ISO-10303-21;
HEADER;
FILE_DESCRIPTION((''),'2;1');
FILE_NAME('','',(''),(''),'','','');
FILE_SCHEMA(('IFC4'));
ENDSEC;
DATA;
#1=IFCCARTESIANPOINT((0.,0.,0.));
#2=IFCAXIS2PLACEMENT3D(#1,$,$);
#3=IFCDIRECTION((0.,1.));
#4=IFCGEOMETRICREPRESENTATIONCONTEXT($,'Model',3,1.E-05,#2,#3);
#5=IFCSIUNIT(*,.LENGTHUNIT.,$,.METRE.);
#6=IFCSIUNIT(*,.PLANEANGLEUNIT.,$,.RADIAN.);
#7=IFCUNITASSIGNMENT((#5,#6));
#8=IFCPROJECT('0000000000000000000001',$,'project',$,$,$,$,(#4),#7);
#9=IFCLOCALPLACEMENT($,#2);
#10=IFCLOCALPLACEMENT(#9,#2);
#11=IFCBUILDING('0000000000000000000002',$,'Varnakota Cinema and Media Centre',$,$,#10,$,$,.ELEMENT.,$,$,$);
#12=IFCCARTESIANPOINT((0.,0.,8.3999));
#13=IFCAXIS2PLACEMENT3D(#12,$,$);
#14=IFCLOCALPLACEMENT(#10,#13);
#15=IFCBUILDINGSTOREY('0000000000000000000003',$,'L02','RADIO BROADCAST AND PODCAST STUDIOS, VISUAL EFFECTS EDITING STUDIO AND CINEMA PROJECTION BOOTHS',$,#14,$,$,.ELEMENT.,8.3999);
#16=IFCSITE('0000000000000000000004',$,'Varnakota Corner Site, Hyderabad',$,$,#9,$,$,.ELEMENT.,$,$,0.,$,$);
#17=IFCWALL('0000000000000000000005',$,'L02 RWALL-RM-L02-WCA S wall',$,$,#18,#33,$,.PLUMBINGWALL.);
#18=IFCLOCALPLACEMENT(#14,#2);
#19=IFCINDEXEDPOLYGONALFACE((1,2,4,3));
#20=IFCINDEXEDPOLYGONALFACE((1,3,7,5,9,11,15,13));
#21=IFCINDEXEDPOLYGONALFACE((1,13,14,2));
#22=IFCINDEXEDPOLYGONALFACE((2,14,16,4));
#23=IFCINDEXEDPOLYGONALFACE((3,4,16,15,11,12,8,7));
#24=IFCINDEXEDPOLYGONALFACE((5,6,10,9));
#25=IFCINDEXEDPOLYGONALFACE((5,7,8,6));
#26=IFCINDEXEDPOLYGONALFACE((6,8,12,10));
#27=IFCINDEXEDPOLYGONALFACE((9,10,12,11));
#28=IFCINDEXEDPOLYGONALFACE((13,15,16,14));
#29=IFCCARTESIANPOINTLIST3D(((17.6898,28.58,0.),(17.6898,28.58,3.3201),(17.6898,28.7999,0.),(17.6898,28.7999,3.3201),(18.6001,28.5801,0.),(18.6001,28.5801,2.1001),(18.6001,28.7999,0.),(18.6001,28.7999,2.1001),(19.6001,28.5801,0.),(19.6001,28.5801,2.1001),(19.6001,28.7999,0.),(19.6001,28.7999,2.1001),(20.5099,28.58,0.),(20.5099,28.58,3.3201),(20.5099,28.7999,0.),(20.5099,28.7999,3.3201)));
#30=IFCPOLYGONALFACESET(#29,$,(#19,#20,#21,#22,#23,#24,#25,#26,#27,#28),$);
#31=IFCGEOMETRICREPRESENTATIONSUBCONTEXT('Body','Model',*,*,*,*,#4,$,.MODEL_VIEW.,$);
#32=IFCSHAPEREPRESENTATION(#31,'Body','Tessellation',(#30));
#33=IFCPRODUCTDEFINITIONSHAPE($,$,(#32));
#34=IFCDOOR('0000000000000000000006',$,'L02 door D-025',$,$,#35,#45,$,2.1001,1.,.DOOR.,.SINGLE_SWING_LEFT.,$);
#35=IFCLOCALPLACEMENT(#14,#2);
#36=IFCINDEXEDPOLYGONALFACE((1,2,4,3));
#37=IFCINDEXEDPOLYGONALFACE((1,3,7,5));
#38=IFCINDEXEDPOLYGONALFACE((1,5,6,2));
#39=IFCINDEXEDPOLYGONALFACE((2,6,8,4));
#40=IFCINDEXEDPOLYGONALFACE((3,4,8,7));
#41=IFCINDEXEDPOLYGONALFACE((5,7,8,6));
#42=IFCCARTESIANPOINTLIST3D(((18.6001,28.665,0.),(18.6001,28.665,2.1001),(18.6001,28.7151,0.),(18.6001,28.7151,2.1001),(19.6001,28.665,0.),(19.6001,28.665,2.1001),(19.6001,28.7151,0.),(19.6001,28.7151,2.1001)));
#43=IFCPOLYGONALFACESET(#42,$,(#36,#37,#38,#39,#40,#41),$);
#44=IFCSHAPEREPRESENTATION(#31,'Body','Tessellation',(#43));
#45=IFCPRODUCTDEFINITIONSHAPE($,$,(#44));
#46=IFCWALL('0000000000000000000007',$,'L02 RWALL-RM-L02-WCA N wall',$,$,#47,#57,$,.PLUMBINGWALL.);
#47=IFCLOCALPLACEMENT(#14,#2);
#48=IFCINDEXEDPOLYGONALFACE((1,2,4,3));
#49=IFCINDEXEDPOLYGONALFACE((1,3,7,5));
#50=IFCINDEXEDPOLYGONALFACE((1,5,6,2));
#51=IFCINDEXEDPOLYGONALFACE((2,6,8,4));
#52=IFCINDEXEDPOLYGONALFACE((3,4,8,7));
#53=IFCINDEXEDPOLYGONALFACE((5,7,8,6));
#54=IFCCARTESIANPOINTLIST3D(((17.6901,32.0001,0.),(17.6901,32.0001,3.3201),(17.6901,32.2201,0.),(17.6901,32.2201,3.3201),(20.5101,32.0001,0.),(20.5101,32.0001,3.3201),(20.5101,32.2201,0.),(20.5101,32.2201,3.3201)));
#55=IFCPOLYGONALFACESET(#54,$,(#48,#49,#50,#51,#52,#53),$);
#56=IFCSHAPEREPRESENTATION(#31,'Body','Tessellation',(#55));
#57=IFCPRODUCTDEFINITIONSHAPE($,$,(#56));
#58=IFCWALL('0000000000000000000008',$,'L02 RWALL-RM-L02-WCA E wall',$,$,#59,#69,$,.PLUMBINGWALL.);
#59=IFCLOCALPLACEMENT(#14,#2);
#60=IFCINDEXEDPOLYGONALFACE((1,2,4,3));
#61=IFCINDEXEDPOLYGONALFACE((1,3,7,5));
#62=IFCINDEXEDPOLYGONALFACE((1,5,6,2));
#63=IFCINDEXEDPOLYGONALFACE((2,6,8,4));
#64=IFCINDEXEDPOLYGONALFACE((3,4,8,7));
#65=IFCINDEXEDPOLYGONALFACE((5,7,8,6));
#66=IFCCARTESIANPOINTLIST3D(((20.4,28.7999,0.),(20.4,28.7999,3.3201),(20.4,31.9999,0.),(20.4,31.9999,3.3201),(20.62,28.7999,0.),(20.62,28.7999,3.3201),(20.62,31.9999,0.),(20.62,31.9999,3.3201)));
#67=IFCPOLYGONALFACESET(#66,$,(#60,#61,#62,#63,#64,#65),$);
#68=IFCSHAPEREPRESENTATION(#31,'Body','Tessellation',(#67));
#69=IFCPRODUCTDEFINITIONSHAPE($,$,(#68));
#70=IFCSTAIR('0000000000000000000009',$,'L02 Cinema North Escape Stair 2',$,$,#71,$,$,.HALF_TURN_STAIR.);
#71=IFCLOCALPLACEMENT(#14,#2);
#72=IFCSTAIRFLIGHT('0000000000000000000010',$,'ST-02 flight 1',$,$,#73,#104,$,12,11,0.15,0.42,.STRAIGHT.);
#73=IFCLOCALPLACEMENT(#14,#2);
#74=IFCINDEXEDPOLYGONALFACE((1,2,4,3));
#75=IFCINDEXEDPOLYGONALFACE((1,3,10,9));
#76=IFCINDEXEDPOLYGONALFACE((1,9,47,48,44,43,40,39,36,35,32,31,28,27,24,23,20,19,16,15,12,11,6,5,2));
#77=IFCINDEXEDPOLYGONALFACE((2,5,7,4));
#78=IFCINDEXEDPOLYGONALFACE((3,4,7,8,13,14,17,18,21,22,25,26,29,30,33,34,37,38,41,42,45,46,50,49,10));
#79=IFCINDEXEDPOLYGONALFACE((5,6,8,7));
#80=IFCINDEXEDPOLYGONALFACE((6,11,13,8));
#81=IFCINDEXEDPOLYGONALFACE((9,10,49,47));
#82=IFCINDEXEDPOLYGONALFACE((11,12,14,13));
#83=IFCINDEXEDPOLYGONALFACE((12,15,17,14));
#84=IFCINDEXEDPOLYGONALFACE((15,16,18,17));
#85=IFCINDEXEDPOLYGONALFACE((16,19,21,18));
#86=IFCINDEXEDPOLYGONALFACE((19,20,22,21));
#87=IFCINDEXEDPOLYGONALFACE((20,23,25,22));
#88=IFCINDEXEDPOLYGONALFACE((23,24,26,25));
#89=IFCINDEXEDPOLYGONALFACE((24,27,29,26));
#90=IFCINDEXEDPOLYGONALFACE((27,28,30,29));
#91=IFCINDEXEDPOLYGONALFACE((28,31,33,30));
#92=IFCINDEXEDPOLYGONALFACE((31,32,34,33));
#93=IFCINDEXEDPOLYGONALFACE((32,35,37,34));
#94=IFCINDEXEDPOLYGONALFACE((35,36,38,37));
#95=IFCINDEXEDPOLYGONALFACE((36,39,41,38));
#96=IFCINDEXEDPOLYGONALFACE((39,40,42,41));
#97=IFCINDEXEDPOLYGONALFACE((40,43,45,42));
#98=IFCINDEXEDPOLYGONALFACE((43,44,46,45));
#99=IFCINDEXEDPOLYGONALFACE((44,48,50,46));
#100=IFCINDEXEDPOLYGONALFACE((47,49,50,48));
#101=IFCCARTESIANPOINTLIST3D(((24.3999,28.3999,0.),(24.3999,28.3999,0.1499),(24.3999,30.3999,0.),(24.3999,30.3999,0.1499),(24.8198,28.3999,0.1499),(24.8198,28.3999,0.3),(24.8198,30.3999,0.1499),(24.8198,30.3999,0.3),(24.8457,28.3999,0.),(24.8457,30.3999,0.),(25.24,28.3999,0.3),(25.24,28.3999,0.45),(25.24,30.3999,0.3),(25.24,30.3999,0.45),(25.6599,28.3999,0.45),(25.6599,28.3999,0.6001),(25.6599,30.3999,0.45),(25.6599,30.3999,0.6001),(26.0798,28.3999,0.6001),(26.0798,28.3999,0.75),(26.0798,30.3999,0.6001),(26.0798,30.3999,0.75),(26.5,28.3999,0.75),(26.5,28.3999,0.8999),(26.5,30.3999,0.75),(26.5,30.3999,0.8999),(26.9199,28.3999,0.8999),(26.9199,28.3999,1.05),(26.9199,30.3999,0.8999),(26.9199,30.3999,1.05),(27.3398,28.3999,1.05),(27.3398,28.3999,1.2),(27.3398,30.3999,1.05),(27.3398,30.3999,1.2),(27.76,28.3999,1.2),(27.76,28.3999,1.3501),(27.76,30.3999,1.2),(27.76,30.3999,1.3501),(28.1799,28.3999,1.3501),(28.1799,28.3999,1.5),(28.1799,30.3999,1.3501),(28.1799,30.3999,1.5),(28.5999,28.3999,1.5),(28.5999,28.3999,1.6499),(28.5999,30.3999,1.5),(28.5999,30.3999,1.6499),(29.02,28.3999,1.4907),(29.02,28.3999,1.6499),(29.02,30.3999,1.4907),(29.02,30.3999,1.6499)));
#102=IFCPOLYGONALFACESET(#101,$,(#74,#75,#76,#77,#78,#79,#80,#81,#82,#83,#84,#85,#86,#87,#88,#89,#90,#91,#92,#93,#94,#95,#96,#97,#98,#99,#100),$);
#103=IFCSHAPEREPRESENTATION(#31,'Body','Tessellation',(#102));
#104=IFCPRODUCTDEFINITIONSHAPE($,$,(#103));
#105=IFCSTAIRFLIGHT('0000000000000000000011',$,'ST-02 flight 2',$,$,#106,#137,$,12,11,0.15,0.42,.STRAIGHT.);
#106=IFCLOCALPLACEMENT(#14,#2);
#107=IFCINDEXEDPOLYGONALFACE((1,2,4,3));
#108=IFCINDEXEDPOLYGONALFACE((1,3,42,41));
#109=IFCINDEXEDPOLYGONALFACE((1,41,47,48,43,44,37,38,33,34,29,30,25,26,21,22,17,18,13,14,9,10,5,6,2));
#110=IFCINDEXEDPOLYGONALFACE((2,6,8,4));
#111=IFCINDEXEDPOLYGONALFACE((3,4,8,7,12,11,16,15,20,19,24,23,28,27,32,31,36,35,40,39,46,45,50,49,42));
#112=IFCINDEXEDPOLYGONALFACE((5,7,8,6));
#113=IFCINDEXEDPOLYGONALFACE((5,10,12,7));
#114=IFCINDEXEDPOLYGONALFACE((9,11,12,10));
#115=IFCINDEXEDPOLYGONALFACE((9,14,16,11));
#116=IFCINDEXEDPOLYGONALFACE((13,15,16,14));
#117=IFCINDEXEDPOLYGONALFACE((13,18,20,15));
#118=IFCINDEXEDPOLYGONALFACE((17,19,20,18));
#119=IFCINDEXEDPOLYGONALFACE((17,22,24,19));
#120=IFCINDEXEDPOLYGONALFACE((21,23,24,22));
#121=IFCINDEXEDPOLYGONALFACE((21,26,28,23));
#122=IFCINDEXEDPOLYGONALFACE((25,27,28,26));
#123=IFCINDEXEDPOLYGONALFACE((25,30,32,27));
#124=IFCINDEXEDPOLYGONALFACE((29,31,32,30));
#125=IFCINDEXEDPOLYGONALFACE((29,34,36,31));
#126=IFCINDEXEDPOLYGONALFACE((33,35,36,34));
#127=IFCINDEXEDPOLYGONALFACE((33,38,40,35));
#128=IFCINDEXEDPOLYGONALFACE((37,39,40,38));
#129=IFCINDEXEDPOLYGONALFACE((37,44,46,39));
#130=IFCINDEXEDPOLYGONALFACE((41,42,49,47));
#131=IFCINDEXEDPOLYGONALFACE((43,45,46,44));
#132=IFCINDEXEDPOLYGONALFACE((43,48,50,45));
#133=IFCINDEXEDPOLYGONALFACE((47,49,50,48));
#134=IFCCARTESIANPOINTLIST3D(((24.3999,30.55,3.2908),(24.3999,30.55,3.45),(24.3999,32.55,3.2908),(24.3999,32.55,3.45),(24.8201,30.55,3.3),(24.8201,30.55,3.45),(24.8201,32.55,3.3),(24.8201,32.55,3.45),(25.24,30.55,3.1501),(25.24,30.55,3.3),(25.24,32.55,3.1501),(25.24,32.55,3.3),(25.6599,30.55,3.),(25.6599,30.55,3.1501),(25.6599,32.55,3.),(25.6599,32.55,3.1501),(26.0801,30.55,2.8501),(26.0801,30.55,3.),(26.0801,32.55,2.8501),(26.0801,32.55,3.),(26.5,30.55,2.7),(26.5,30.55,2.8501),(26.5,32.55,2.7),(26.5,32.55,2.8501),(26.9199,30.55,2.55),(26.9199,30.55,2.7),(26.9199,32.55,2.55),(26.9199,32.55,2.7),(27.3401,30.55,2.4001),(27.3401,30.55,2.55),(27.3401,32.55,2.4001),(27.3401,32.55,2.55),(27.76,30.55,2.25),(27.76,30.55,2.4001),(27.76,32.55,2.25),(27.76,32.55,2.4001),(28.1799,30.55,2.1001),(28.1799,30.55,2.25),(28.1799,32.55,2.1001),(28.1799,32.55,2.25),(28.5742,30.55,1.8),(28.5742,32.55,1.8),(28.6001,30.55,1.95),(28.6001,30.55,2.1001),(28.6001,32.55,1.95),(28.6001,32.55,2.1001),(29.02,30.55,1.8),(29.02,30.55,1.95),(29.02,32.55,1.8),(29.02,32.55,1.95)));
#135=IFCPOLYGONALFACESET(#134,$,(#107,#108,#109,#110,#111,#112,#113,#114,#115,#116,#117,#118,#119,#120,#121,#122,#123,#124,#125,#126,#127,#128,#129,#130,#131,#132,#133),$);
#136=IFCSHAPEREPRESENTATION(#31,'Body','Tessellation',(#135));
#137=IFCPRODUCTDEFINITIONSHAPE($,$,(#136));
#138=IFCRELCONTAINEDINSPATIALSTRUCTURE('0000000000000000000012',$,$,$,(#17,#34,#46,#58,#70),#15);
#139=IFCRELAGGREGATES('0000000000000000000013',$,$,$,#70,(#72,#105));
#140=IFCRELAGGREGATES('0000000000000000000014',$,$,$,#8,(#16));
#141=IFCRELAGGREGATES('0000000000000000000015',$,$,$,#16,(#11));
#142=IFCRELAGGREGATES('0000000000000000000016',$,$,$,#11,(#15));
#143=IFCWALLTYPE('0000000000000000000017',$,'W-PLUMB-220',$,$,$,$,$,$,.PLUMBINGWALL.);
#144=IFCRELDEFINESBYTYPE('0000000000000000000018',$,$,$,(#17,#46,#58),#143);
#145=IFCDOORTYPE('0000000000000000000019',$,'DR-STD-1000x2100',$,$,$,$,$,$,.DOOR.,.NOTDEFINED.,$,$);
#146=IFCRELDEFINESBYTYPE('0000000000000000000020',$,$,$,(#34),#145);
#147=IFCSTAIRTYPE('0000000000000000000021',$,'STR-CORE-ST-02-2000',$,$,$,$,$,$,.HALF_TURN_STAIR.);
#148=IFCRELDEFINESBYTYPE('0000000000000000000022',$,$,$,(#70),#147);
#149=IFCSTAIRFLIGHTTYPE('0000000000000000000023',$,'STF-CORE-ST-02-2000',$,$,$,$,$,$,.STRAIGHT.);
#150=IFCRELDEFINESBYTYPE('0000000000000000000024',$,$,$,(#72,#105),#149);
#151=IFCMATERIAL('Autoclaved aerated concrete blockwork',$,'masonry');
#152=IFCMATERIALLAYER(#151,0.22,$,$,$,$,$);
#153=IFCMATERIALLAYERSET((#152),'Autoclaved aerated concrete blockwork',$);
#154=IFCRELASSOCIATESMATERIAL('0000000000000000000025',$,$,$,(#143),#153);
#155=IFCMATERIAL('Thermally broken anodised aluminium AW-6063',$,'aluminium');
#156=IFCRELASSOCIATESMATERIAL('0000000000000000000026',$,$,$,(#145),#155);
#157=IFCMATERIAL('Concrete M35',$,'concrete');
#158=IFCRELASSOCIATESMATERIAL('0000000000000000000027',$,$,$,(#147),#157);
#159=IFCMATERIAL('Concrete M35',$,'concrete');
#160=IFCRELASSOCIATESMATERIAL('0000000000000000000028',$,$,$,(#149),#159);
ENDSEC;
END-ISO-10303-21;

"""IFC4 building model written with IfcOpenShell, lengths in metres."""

from ifc_helpers import new_model, si_unit, direction, frame, frame_2d, origin, place, context, subcontext, project, spatial, polyline, rectangle, outline, extrude, material, layer, layer_set, type_object, element, fill, aggregate, save


model = new_model("IFC4")

# Units and contexts
model_context = context("Model", 3, precision=1e-05, world=origin(), true_north=direction((0.0, 1.0)))
body_context = subcontext(model_context, "Body", "Model", "MODEL_VIEW")
ifc_project = project(units=[si_unit("LENGTHUNIT", "METRE"), si_unit("PLANEANGLEUNIT", "RADIAN")], contexts=[model_context])

# Site, building, storey
site_placement = place(None, origin())
site = spatial("IfcSite", under=ifc_project, at=site_placement, Name="Varnakota Corner Site, Hyderabad", CompositionType="ELEMENT", RefElevation=0.0)
building_placement = place(site_placement, origin())
building = spatial("IfcBuilding", under=site, at=building_placement, Name="Varnakota Cinema and Media Centre", CompositionType="ELEMENT")
storey_placement = place(building_placement, frame((0.0, 0.0, 8.3999)))
storey = spatial("IfcBuildingStorey", under=building, at=storey_placement, Name="L02", Description="RADIO BROADCAST AND PODCAST STUDIOS, VISUAL EFFECTS EDITING STUDIO AND CINEMA PROJECTION BOOTHS", CompositionType="ELEMENT", Elevation=8.3999)

# Shared definitions
ifc_material_1 = material(Name="Autoclaved aerated concrete blockwork", Category="masonry")
ifc_layer_1 = layer(ifc_material_1, 0.22)
ifc_layer_set_1 = layer_set([ifc_layer_1], Name="Autoclaved aerated concrete blockwork")
wall_type_1 = type_object("IfcWallType", Name="W-PLUMB-220", PredefinedType="PLUMBINGWALL", material=ifc_layer_set_1)

# Wall, opening, door
wall_1_placement = place(storey_placement, frame((20.51, 28.6899, 0.0), z_axis=(0.0, 0.0, 1.0), x_axis=(-1.0, 0.0, 0.0)))
wall_1 = element("IfcWall", 1, at=wall_1_placement, inside=storey, type_object=wall_type_1, Name="L02 RWALL-RM-L02-WCA S wall", PredefinedType="PLUMBINGWALL", context=body_context, shape_type="SweptSolid", body=[
    extrude(rectangle(XDim=2.8201, YDim=0.22, at=frame_2d((1.4102, 0.0))), origin(), (0.0, 0.0, 1.0), 3.3201),
])
opening_1_placement = place(wall_1_placement, frame((0.9099, 0.0, 0.0)))
opening_1 = element("IfcOpeningElement", 2, at=opening_1_placement, cuts=wall_1, PredefinedType="OPENING", context=body_context, shape_type="SweptSolid", body=[
    extrude(rectangle(XDim=1.0, YDim=2.1001, at=frame_2d((0.5, 1.05))), frame((0.0, 0.1099, 0.0), z_axis=(0.0, -1.0, 0.0), x_axis=(1.0, 0.0, 0.0)), (0.0, 0.0, 1.0), 0.22),
])
ifc_material_2 = material(Name="Thermally broken anodised aluminium AW-6063", Category="aluminium")
door_type_1 = type_object("IfcDoorType", Name="DR-STD-1000x2100", OperationType="NOTDEFINED", PredefinedType="DOOR", material=ifc_material_2)
door_1_placement = place(opening_1_placement, origin())
door_1 = element("IfcDoor", 3, at=door_1_placement, inside=storey, type_object=door_type_1, Name="L02 door D-025", OperationType="SINGLE_SWING_LEFT", OverallHeight=2.1001, OverallWidth=1.0, PredefinedType="DOOR", context=body_context, shape_type="SweptSolid", body=[
    extrude(rectangle(XDim=1.0, YDim=2.1001, at=frame_2d((0.5, 1.05))), frame((0.0, 0.0249, 0.0), z_axis=(0.0, -1.0, 0.0), x_axis=(1.0, 0.0, 0.0)), (0.0, 0.0, 1.0), 0.05),
])
fill(opening_1, door_1)

# Walls
wall_2_placement = place(storey_placement, frame((17.6899, 32.1101, 0.0), z_axis=(0.0, 0.0, 1.0), x_axis=(1.0, 0.0, 0.0)))
element("IfcWall", 4, at=wall_2_placement, inside=storey, type_object=wall_type_1, Name="L02 RWALL-RM-L02-WCA N wall", PredefinedType="PLUMBINGWALL", context=body_context, shape_type="SweptSolid", body=[
    extrude(rectangle(XDim=2.8201, YDim=0.22, at=frame_2d((1.4102, 0.0))), origin(), (0.0, 0.0, 1.0), 3.3201),
])
wall_3_placement = place(storey_placement, frame((20.51, 32.0, 0.0), z_axis=(0.0, 0.0, 1.0), x_axis=(0.0, -1.0, 0.0)))
element("IfcWall", 5, at=wall_3_placement, inside=storey, type_object=wall_type_1, Name="L02 RWALL-RM-L02-WCA E wall", PredefinedType="PLUMBINGWALL", context=body_context, shape_type="SweptSolid", body=[
    extrude(rectangle(XDim=3.2, YDim=0.22, at=frame_2d((1.6001, 0.0))), origin(), (0.0, 0.0, 1.0), 3.3201),
])

# Stair, stair flights
ifc_material_3 = material(Name="Concrete M35", Category="concrete")
stair_type = type_object("IfcStairType", Name="STR-CORE-ST-02-2000", PredefinedType="HALF_TURN_STAIR", material=ifc_material_3)
stair_placement = place(storey_placement, origin())
stair = element("IfcStair", 6, at=stair_placement, inside=storey, type_object=stair_type, Name="L02 Cinema North Escape Stair 2", PredefinedType="HALF_TURN_STAIR")
ifc_material_4 = material(Name="Concrete M35", Category="concrete")
stair_flight_type = type_object("IfcStairFlightType", Name="STF-CORE-ST-02-2000", PredefinedType="STRAIGHT", material=ifc_material_4)
stair_flight_1_placement = place(storey_placement, frame((24.3999, 29.3999, 0.0), z_axis=(0.0, 0.0, 1.0), x_axis=(1.0, 0.0, 0.0)))
stair_flight_1 = element("IfcStairFlight", 7, at=stair_flight_1_placement, type_object=stair_flight_type, Name="ST-02 flight 1", NumberOfRisers=12, NumberOfTreads=11, PredefinedType="STRAIGHT", RiserHeight=0.15, TreadLength=0.42, context=body_context, shape_type="SweptSolid", body=[
    extrude(outline(polyline([(0.0, 0.0), (0.0, 0.1499), (0.4199, 0.1499), (0.4199, 0.3), (0.8401, 0.3), (0.8401, 0.45), (1.26, 0.45), (1.26, 0.6001), (1.6799, 0.6001), (1.6799, 0.75), (2.1001, 0.75), (2.1001, 0.8999), (2.52, 0.8999), (2.52, 1.05), (2.9399, 1.05), (2.9399, 1.2), (3.3601, 1.2), (3.3601, 1.3501), (3.78, 1.3501), (3.78, 1.5), (4.2, 1.5), (4.2, 1.6499), (4.6201, 1.6499), (4.6201, 1.8), (4.6201, 1.4907), (0.4458, 0.0), (0.0, 0.0)])), frame((0.0, 1.0, 0.0), z_axis=(0.0, -1.0, 0.0), x_axis=(1.0, 0.0, 0.0)), (0.0, 0.0, 1.0), 2.0),
])
stair_flight_2_placement = place(storey_placement, frame((29.02, 31.55, 1.8), z_axis=(0.0, 0.0, 1.0), x_axis=(-1.0, 0.0, 0.0)))
stair_flight_2 = element("IfcStairFlight", 8, at=stair_flight_2_placement, type_object=stair_flight_type, Name="ST-02 flight 2", NumberOfRisers=12, NumberOfTreads=11, PredefinedType="STRAIGHT", RiserHeight=0.15, TreadLength=0.42, context=body_context, shape_type="SweptSolid", body=[
    extrude(outline(polyline([(0.0, 0.0), (0.0, 0.1499), (0.4199, 0.1499), (0.4199, 0.3), (0.8401, 0.3), (0.8401, 0.45), (1.26, 0.45), (1.26, 0.6001), (1.6799, 0.6001), (1.6799, 0.75), (2.1001, 0.75), (2.1001, 0.8999), (2.52, 0.8999), (2.52, 1.05), (2.9399, 1.05), (2.9399, 1.2), (3.3601, 1.2), (3.3601, 1.3501), (3.78, 1.3501), (3.78, 1.5), (4.2, 1.5), (4.2, 1.6499), (4.6201, 1.6499), (4.6201, 1.8), (4.6201, 1.4907), (0.4458, 0.0), (0.0, 0.0)])), frame((0.0, 1.0, 0.0), z_axis=(0.0, -1.0, 0.0), x_axis=(1.0, 0.0, 0.0)), (0.0, 0.0, 1.0), 2.0),
])
aggregate(stair, [stair_flight_1, stair_flight_2])

save(model, "model.ifc")
